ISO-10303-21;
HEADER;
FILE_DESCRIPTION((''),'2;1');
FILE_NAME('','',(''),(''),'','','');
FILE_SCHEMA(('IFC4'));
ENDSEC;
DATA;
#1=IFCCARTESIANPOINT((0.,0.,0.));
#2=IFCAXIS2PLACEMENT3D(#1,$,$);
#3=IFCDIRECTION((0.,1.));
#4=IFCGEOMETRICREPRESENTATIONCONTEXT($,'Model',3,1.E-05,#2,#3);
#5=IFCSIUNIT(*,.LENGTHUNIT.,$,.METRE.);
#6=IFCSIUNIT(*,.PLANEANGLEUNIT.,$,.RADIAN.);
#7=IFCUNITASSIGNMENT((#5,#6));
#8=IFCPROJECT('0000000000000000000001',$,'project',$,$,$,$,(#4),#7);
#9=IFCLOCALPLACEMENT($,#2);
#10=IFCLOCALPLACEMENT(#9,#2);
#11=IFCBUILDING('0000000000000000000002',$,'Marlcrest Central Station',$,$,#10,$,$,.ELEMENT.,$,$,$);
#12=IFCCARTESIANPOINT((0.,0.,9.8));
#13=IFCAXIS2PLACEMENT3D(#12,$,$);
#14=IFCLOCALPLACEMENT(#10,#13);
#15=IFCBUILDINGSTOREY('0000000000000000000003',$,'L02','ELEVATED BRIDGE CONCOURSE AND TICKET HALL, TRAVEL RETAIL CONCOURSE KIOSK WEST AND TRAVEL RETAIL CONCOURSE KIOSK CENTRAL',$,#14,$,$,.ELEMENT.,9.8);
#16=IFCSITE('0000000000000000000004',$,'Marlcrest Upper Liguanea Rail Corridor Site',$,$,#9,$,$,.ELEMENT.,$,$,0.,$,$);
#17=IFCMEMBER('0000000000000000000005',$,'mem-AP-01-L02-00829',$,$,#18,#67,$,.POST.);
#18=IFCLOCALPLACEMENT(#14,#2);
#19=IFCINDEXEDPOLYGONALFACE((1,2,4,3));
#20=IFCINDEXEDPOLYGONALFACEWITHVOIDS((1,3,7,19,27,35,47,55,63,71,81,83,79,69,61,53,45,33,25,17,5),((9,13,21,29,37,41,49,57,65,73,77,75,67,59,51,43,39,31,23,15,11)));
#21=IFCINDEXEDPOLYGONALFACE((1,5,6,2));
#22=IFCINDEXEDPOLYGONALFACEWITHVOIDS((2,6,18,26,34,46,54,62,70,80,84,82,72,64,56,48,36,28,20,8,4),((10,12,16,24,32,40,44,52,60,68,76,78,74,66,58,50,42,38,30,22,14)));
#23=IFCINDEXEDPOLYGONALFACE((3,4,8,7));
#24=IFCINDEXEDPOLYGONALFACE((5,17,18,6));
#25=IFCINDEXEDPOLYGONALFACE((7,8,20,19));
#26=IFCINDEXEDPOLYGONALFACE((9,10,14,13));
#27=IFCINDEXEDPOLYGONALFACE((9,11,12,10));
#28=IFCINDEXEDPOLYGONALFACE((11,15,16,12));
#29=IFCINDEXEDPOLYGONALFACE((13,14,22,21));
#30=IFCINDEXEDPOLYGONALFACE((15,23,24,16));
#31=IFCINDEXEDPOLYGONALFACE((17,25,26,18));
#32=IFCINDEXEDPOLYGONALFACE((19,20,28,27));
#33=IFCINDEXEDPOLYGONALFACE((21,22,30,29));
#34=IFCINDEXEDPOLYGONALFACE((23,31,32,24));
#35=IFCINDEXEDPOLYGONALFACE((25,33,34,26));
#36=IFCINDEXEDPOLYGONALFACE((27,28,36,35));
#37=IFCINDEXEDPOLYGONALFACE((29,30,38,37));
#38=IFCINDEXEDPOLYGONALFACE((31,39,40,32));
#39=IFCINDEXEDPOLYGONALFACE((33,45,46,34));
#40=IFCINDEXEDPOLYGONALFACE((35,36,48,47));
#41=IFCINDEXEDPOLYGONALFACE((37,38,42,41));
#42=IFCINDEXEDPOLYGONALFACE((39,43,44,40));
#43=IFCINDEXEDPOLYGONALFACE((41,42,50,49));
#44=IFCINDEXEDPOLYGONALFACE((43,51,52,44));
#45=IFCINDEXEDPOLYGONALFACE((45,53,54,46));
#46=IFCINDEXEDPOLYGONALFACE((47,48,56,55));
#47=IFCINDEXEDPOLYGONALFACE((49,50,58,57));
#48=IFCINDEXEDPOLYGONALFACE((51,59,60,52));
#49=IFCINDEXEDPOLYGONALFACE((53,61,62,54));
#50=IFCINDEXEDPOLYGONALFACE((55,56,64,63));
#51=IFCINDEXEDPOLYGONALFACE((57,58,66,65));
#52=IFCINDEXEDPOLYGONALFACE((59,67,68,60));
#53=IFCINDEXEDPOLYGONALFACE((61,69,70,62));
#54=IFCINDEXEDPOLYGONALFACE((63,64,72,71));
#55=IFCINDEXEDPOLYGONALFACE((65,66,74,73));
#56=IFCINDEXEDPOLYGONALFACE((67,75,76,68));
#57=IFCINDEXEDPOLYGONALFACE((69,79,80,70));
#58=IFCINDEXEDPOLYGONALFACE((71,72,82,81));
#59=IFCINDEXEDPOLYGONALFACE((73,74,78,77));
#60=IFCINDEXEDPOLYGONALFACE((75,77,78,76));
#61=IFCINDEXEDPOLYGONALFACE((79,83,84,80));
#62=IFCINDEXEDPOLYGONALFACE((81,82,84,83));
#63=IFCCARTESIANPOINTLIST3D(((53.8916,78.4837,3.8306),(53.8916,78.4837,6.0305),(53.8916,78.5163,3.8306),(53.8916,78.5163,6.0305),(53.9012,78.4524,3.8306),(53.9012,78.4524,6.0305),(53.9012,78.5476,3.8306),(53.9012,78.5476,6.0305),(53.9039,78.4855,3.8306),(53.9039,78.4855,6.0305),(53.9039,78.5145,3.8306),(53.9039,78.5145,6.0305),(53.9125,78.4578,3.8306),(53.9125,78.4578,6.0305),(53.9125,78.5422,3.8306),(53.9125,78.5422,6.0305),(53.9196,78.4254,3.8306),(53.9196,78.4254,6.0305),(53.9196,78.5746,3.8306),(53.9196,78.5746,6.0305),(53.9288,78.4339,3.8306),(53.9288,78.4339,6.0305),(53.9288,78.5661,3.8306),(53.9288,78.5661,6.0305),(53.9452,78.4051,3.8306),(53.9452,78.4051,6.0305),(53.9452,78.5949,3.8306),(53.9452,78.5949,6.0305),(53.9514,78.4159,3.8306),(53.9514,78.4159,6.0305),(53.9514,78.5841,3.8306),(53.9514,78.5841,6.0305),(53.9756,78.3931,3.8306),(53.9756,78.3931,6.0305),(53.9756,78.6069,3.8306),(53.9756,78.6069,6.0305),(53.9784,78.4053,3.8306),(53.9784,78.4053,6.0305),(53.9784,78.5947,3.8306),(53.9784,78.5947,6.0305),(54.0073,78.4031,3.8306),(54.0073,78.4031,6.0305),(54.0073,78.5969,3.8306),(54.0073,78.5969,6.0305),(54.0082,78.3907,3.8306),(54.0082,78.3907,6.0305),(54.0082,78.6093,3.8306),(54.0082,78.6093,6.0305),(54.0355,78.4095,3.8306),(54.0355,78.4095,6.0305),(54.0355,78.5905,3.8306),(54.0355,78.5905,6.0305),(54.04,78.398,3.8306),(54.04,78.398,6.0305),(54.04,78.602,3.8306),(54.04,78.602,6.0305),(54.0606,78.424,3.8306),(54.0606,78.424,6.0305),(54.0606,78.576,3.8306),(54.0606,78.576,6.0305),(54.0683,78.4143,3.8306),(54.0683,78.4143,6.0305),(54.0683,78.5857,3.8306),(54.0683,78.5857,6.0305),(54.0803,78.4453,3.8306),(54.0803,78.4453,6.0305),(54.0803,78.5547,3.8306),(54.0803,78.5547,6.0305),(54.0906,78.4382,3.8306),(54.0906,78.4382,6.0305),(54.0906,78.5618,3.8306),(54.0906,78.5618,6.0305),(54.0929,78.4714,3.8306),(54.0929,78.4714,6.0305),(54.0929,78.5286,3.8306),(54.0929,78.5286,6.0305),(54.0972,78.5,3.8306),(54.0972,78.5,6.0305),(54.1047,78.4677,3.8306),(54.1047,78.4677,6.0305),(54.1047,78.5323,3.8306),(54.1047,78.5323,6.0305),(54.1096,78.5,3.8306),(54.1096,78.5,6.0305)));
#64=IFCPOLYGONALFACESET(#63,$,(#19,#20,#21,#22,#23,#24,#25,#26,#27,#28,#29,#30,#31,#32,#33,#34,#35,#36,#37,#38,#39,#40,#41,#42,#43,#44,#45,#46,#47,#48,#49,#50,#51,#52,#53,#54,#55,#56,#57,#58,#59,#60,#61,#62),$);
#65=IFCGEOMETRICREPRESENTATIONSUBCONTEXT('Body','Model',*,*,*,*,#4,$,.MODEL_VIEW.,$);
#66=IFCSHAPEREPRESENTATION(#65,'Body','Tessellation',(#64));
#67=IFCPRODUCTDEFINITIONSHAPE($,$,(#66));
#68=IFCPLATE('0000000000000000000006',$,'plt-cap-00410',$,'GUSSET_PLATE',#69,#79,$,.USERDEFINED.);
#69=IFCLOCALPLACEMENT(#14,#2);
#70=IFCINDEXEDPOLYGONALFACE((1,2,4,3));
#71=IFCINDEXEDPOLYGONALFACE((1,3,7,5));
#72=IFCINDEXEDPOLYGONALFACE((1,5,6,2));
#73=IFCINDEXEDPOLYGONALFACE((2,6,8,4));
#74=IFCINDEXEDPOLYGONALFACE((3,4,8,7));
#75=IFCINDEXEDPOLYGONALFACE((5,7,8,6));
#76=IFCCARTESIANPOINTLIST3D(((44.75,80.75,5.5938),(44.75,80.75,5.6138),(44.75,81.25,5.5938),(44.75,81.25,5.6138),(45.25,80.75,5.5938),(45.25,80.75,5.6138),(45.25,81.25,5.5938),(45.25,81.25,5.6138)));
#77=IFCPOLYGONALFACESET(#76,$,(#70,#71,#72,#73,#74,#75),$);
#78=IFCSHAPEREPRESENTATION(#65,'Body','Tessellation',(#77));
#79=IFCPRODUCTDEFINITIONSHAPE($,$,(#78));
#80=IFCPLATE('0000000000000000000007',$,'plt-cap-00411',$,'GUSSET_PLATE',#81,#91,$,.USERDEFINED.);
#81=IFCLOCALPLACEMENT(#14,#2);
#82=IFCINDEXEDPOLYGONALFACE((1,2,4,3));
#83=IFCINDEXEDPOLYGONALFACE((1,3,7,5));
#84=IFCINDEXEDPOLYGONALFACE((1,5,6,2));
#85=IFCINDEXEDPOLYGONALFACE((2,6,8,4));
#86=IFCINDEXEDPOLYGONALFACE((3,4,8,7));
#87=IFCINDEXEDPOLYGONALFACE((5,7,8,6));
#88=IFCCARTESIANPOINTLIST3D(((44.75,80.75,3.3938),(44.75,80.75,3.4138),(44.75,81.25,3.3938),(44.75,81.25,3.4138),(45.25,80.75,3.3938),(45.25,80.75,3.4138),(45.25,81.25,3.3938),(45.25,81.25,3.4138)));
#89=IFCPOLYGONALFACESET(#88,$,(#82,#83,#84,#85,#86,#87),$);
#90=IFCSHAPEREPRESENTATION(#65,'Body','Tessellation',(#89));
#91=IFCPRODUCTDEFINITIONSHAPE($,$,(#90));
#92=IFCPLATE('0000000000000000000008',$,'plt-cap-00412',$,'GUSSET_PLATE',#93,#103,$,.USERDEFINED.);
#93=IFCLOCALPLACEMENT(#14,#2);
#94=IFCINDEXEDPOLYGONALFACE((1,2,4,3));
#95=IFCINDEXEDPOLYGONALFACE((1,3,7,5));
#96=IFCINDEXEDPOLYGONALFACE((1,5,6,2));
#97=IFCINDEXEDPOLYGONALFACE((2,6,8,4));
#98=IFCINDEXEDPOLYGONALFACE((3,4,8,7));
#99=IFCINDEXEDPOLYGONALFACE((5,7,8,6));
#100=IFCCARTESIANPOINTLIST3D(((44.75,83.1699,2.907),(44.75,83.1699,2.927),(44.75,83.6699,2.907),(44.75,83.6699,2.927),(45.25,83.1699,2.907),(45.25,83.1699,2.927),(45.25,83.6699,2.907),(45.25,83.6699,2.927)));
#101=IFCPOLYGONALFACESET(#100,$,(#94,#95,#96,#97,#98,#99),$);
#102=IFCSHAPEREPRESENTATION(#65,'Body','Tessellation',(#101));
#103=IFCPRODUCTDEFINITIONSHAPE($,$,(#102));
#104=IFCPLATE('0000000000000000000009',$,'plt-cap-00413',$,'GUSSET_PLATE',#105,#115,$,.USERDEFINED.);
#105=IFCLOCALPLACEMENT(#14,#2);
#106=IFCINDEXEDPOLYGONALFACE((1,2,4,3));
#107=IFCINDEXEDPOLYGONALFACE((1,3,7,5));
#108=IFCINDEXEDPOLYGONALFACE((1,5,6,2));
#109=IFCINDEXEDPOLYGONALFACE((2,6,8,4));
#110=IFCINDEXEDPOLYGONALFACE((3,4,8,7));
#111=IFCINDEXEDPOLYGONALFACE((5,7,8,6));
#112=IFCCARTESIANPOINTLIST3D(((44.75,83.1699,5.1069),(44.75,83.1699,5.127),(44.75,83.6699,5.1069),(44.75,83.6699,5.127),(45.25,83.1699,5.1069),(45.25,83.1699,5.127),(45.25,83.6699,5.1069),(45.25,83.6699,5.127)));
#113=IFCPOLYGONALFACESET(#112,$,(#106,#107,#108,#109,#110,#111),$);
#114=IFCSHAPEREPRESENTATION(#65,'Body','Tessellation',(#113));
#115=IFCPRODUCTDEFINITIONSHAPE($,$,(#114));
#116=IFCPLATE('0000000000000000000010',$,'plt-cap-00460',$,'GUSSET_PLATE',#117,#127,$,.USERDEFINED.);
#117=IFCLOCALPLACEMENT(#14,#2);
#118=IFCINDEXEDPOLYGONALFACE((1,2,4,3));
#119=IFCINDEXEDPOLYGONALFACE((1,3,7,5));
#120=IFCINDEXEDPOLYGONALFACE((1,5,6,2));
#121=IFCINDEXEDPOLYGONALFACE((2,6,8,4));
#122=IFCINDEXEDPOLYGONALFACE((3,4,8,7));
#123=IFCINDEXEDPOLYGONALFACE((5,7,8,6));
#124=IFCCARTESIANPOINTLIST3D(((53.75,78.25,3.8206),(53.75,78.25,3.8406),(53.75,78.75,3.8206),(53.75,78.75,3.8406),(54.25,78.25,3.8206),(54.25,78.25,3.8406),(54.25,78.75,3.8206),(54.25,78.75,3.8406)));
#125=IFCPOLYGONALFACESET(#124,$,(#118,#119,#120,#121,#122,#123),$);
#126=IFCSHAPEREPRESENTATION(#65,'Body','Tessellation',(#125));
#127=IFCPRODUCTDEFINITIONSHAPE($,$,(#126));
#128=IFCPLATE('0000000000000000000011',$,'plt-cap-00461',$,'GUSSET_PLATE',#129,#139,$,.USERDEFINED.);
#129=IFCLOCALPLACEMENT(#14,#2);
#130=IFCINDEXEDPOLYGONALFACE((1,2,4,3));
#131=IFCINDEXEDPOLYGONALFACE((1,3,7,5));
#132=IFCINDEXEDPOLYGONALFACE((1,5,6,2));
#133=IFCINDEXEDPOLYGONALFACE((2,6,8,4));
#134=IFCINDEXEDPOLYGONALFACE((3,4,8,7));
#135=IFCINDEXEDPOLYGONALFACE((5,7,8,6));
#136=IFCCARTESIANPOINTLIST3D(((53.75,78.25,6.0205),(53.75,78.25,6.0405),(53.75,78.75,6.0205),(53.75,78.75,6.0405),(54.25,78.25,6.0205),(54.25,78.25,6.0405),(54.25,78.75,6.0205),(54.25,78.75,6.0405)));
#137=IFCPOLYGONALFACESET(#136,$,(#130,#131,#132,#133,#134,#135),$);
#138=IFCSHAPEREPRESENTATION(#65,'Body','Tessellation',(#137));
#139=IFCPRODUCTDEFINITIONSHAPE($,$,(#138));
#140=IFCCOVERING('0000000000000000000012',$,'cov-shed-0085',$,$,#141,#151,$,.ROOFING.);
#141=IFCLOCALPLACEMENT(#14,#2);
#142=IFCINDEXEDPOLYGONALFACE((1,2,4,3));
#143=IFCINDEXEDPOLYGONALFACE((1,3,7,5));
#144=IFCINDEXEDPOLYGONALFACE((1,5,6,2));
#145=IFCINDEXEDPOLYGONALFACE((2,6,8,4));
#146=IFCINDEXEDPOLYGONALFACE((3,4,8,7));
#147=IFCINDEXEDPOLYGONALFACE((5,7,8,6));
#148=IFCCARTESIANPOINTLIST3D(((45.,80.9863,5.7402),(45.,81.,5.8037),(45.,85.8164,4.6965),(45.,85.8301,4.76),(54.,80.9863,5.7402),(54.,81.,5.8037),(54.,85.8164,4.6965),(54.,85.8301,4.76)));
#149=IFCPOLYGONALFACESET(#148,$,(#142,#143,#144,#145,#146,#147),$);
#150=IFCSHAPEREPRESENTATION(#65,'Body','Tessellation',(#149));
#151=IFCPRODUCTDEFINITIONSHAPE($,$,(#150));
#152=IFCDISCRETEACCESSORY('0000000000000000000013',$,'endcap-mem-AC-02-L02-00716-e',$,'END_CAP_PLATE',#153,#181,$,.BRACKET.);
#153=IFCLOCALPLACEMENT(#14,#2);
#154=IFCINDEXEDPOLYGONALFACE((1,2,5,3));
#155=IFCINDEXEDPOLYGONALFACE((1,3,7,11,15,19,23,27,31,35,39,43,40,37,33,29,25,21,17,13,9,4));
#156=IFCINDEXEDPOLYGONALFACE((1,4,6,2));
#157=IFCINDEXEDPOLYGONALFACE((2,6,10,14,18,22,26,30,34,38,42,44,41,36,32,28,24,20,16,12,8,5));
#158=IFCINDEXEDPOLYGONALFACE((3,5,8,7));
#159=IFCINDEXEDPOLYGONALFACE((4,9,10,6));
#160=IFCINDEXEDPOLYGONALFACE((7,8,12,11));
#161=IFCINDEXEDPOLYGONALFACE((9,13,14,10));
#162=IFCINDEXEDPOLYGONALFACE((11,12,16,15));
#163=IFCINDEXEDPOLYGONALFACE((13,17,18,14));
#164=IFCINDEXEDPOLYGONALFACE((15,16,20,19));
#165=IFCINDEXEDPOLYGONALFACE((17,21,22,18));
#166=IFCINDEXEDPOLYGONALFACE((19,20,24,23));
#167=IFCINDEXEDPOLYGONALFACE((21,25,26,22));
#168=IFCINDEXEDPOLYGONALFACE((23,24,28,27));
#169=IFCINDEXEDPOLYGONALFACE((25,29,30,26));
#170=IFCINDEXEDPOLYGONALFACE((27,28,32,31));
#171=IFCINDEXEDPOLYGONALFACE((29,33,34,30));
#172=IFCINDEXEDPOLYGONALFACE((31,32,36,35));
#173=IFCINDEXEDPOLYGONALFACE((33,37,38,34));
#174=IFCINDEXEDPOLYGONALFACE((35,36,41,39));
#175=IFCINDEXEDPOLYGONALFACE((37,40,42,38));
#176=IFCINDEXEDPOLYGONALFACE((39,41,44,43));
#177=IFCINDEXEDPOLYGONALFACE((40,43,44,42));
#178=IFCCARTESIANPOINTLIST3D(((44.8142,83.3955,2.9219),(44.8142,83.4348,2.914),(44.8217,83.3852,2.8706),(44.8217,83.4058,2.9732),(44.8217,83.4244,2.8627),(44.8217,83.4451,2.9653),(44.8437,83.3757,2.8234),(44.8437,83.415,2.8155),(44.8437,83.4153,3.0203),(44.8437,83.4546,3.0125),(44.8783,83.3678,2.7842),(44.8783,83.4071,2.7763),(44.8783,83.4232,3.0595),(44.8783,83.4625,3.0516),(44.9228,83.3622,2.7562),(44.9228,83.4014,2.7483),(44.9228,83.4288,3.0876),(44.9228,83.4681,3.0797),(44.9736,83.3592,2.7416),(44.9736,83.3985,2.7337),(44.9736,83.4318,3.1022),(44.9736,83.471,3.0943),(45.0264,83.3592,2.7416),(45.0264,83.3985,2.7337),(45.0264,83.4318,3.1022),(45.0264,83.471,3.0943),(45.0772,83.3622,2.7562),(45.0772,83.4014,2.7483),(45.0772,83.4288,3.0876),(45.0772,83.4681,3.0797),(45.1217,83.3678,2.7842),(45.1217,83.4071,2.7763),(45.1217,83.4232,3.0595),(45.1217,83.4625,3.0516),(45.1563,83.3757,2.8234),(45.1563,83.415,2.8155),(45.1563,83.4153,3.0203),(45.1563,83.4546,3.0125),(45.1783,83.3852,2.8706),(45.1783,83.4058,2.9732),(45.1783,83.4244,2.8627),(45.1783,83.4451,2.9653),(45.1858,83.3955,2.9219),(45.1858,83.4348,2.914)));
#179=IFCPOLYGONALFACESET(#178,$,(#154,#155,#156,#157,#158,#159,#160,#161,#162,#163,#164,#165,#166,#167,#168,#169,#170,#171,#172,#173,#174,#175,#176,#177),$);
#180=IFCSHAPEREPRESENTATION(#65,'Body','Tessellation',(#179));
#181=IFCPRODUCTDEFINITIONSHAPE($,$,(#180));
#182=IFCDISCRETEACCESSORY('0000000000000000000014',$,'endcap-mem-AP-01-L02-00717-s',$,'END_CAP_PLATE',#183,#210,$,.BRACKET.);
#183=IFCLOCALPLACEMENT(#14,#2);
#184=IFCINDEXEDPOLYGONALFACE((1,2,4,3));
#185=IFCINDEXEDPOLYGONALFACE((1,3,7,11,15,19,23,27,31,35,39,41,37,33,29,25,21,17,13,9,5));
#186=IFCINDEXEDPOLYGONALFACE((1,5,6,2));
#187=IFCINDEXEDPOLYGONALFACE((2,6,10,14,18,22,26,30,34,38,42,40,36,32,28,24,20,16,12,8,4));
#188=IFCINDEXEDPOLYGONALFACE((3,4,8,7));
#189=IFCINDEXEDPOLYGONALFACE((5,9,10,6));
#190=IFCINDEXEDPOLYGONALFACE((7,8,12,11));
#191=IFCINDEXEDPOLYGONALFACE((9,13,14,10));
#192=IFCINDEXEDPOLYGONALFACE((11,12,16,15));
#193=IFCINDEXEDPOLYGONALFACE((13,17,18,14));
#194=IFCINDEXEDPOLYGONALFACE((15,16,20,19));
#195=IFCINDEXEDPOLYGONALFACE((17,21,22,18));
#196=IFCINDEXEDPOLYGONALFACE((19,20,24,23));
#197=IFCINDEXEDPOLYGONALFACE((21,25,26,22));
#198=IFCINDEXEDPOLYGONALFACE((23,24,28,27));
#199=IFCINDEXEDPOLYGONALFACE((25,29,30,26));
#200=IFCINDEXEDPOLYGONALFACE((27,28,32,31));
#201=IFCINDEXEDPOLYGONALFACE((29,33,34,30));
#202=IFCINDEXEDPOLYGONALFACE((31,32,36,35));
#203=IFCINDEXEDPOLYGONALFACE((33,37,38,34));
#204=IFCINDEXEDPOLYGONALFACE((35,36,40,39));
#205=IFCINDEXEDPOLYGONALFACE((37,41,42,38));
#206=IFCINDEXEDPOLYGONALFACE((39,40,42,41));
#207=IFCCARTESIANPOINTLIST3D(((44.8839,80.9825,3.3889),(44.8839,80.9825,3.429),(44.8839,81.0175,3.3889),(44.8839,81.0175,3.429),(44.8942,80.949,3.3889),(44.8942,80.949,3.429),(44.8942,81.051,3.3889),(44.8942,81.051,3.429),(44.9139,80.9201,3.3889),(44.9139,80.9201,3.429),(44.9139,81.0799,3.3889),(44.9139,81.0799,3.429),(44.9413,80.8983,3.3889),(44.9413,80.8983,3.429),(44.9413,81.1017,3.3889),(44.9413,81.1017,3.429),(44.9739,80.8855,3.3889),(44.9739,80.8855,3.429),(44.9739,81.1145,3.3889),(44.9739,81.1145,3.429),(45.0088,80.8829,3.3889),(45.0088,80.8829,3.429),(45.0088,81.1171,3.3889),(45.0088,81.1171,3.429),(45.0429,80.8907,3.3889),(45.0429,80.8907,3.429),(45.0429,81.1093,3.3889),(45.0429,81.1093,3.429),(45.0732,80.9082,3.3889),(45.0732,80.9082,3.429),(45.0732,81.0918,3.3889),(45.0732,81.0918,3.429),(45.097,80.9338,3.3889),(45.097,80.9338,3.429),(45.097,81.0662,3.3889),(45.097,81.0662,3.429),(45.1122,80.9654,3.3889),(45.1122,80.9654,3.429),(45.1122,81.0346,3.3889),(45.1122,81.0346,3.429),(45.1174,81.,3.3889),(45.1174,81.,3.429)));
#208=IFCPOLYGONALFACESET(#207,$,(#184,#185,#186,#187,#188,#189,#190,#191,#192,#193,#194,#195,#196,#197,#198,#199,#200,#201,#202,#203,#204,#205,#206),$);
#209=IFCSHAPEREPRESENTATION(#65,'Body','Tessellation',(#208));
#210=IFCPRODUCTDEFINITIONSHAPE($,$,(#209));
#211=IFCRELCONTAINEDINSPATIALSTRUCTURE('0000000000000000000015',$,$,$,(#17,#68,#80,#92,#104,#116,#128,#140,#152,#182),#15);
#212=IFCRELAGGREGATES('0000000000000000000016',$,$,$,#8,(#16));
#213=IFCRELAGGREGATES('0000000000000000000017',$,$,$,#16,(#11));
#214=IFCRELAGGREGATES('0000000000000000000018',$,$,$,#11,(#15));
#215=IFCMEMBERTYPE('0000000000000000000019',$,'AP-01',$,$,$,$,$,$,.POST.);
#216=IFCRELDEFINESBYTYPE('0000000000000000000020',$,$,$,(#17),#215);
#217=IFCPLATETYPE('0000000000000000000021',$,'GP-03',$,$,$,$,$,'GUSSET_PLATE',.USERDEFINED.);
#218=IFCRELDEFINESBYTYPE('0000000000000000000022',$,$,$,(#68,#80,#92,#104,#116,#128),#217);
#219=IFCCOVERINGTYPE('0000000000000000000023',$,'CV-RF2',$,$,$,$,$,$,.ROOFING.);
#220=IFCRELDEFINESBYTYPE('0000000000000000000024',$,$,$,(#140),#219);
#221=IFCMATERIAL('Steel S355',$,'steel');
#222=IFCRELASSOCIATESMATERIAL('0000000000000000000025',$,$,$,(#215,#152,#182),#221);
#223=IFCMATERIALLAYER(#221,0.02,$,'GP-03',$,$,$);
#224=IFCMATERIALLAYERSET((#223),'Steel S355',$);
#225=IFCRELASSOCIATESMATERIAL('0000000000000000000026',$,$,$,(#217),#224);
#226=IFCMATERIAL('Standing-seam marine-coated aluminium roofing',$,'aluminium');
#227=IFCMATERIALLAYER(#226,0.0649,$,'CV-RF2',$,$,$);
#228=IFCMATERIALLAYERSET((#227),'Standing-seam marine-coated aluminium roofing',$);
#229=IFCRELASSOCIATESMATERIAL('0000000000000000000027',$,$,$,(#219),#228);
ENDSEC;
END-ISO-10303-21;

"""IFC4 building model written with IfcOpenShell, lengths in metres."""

from ifc_helpers import new_model, si_unit, direction, frame, origin, origin_2d, place, context, subcontext, project, spatial, polyline, rectangle, circle, hollow_circle, outline, extrude, material, layer, layer_set, material_profile, profile_set, type_object, element, save


model = new_model("IFC4")

# Units and contexts
model_context = context("Model", 3, precision=1e-05, world=origin(), true_north=direction((0.0, 1.0)))
body_context = subcontext(model_context, "Body", "Model", "MODEL_VIEW")
ifc_project = project(units=[si_unit("LENGTHUNIT", "METRE"), si_unit("PLANEANGLEUNIT", "RADIAN")], contexts=[model_context])

# Site, building, storey
site_placement = place(None, origin())
site = spatial("IfcSite", under=ifc_project, at=site_placement, Name="Marlcrest Upper Liguanea Rail Corridor Site", CompositionType="ELEMENT", RefElevation=0.0)
building_placement = place(site_placement, origin())
building = spatial("IfcBuilding", under=site, at=building_placement, Name="Marlcrest Central Station", CompositionType="ELEMENT")
storey_placement = place(building_placement, frame((0.0, 0.0, 9.8)))
storey = spatial("IfcBuildingStorey", under=building, at=storey_placement, Name="L02", Description="ELEVATED BRIDGE CONCOURSE AND TICKET HALL, TRAVEL RETAIL CONCOURSE KIOSK WEST AND TRAVEL RETAIL CONCOURSE KIOSK CENTRAL", CompositionType="ELEMENT", Elevation=9.8)

# Member
ifc_material_1 = material(Name="Steel S355", Category="steel")
ifc_material_profile_1 = material_profile(ifc_material_1, hollow_circle(Radius=0.1096, WallThickness=0.0125, at=origin_2d()), Name="CHS 219.1x12.5")
ifc_profile_set_1 = profile_set([ifc_material_profile_1], Name="Steel S355")
member_type_1 = type_object("IfcMemberType", Name="AP-01", PredefinedType="POST", material=ifc_profile_set_1)
for number, where, z_axis, x_axis, name in (
    (1, (54.0, 78.5, 3.8306), (0.0, 0.0, 1.0), (1.0, 0.0, 0.0), "mem-AP-01-L02-00829"),
):
    element("IfcMember", number, at=place(storey_placement, frame(where, z_axis=z_axis, x_axis=x_axis)), inside=storey, type_object=member_type_1, Name=name, PredefinedType="POST", context=body_context, shape_type="SweptSolid", body=[
        extrude(hollow_circle(Radius=0.1096, WallThickness=0.0125, at=origin_2d()), origin(), (0.0, 0.0, 1.0), 2.2),
    ])

# Plates
ifc_layer_1 = layer(ifc_material_1, 0.02, Name="GP-03")
ifc_layer_set_1 = layer_set([ifc_layer_1], Name="Steel S355")
plate_type = type_object("IfcPlateType", Name="GP-03", ElementType="GUSSET_PLATE", PredefinedType="USERDEFINED", material=ifc_layer_set_1)
for number, where, z_axis, x_axis, name in (
    (2, (45.0, 81.0, 5.5938), (0.0, 0.0, 1.0), (1.0, 0.0, 0.0), "plt-cap-00410"),
    (3, (45.0, 81.0, 3.3938), (0.0, 0.0, 1.0), (1.0, 0.0, 0.0), "plt-cap-00411"),
    (4, (45.0, 83.4199, 2.907), (0.0, 0.0, 1.0), (1.0, 0.0, 0.0), "plt-cap-00412"),
    (5, (45.0, 83.4199, 5.1069), (0.0, 0.0, 1.0), (1.0, 0.0, 0.0), "plt-cap-00413"),
    (6, (54.0, 78.5, 3.8206), (0.0, 0.0, 1.0), (1.0, 0.0, 0.0), "plt-cap-00460"),
    (7, (54.0, 78.5, 6.0205), (0.0, 0.0, 1.0), (1.0, 0.0, 0.0), "plt-cap-00461"),
):
    element("IfcPlate", number, at=place(storey_placement, frame(where, z_axis=z_axis, x_axis=x_axis)), inside=storey, type_object=plate_type, Name=name, ObjectType="GUSSET_PLATE", PredefinedType="USERDEFINED", context=body_context, shape_type="SweptSolid", body=[
        extrude(rectangle(XDim=0.5, YDim=0.5, at=origin_2d()), origin(), (0.0, 0.0, 1.0), 0.02),
    ])

# Covering
ifc_material_2 = material(Name="Standing-seam marine-coated aluminium roofing", Category="aluminium")
ifc_layer_2 = layer(ifc_material_2, 0.0649, Name="CV-RF2")
ifc_layer_set_2 = layer_set([ifc_layer_2], Name="Standing-seam marine-coated aluminium roofing")
covering_type = type_object("IfcCoveringType", Name="CV-RF2", PredefinedType="ROOFING", material=ifc_layer_set_2)
covering_placement = place(storey_placement, frame((45.0, 81.0, 5.8037), z_axis=(0.0, 0.211209, 0.977441), x_axis=(1.0, 0.0, 0.0)))
element("IfcCovering", 8, at=covering_placement, inside=storey, type_object=covering_type, Name="cov-shed-0085", PredefinedType="ROOFING", context=body_context, shape_type="SweptSolid", body=[
    extrude(outline(polyline([(0.0, 0.0), (9.0, 0.0), (9.0, 4.9416), (0.0, 4.9416), (0.0, 0.0)])), origin(), (0.0, 0.0, -1.0), 0.0649),
])

# Discrete accessories
discrete_accessory_1_placement = place(storey_placement, frame((45.0, 83.3955, 2.9219), z_axis=(0.0, 0.980359, -0.197219), x_axis=(-1.0, 0.0, 0.0)))
element("IfcDiscreteAccessory", 9, at=discrete_accessory_1_placement, inside=storey, material=ifc_material_1, Name="endcap-mem-AC-02-L02-00716-e", ObjectType="END_CAP_PLATE", PredefinedType="BRACKET", context=body_context, shape_type="SweptSolid", body=[
    extrude(circle(Radius=0.1858, at=origin_2d()), origin(), (0.0, 0.0, 1.0), 0.04),
])
for number, where, z_axis, x_axis, name in (
    (10, (45.0, 81.0, 3.3889), (0.0, 0.0, 1.0), (1.0, 0.0, 0.0), "endcap-mem-AP-01-L02-00717-s"),
):
    element("IfcDiscreteAccessory", number, at=place(storey_placement, frame(where, z_axis=z_axis, x_axis=x_axis)), inside=storey, material=ifc_material_1, Name=name, ObjectType="END_CAP_PLATE", PredefinedType="BRACKET", context=body_context, shape_type="SweptSolid", body=[
        extrude(circle(Radius=0.1174, at=origin_2d()), origin(), (0.0, 0.0, 1.0), 0.04),
    ])

save(model, "model.ifc")
